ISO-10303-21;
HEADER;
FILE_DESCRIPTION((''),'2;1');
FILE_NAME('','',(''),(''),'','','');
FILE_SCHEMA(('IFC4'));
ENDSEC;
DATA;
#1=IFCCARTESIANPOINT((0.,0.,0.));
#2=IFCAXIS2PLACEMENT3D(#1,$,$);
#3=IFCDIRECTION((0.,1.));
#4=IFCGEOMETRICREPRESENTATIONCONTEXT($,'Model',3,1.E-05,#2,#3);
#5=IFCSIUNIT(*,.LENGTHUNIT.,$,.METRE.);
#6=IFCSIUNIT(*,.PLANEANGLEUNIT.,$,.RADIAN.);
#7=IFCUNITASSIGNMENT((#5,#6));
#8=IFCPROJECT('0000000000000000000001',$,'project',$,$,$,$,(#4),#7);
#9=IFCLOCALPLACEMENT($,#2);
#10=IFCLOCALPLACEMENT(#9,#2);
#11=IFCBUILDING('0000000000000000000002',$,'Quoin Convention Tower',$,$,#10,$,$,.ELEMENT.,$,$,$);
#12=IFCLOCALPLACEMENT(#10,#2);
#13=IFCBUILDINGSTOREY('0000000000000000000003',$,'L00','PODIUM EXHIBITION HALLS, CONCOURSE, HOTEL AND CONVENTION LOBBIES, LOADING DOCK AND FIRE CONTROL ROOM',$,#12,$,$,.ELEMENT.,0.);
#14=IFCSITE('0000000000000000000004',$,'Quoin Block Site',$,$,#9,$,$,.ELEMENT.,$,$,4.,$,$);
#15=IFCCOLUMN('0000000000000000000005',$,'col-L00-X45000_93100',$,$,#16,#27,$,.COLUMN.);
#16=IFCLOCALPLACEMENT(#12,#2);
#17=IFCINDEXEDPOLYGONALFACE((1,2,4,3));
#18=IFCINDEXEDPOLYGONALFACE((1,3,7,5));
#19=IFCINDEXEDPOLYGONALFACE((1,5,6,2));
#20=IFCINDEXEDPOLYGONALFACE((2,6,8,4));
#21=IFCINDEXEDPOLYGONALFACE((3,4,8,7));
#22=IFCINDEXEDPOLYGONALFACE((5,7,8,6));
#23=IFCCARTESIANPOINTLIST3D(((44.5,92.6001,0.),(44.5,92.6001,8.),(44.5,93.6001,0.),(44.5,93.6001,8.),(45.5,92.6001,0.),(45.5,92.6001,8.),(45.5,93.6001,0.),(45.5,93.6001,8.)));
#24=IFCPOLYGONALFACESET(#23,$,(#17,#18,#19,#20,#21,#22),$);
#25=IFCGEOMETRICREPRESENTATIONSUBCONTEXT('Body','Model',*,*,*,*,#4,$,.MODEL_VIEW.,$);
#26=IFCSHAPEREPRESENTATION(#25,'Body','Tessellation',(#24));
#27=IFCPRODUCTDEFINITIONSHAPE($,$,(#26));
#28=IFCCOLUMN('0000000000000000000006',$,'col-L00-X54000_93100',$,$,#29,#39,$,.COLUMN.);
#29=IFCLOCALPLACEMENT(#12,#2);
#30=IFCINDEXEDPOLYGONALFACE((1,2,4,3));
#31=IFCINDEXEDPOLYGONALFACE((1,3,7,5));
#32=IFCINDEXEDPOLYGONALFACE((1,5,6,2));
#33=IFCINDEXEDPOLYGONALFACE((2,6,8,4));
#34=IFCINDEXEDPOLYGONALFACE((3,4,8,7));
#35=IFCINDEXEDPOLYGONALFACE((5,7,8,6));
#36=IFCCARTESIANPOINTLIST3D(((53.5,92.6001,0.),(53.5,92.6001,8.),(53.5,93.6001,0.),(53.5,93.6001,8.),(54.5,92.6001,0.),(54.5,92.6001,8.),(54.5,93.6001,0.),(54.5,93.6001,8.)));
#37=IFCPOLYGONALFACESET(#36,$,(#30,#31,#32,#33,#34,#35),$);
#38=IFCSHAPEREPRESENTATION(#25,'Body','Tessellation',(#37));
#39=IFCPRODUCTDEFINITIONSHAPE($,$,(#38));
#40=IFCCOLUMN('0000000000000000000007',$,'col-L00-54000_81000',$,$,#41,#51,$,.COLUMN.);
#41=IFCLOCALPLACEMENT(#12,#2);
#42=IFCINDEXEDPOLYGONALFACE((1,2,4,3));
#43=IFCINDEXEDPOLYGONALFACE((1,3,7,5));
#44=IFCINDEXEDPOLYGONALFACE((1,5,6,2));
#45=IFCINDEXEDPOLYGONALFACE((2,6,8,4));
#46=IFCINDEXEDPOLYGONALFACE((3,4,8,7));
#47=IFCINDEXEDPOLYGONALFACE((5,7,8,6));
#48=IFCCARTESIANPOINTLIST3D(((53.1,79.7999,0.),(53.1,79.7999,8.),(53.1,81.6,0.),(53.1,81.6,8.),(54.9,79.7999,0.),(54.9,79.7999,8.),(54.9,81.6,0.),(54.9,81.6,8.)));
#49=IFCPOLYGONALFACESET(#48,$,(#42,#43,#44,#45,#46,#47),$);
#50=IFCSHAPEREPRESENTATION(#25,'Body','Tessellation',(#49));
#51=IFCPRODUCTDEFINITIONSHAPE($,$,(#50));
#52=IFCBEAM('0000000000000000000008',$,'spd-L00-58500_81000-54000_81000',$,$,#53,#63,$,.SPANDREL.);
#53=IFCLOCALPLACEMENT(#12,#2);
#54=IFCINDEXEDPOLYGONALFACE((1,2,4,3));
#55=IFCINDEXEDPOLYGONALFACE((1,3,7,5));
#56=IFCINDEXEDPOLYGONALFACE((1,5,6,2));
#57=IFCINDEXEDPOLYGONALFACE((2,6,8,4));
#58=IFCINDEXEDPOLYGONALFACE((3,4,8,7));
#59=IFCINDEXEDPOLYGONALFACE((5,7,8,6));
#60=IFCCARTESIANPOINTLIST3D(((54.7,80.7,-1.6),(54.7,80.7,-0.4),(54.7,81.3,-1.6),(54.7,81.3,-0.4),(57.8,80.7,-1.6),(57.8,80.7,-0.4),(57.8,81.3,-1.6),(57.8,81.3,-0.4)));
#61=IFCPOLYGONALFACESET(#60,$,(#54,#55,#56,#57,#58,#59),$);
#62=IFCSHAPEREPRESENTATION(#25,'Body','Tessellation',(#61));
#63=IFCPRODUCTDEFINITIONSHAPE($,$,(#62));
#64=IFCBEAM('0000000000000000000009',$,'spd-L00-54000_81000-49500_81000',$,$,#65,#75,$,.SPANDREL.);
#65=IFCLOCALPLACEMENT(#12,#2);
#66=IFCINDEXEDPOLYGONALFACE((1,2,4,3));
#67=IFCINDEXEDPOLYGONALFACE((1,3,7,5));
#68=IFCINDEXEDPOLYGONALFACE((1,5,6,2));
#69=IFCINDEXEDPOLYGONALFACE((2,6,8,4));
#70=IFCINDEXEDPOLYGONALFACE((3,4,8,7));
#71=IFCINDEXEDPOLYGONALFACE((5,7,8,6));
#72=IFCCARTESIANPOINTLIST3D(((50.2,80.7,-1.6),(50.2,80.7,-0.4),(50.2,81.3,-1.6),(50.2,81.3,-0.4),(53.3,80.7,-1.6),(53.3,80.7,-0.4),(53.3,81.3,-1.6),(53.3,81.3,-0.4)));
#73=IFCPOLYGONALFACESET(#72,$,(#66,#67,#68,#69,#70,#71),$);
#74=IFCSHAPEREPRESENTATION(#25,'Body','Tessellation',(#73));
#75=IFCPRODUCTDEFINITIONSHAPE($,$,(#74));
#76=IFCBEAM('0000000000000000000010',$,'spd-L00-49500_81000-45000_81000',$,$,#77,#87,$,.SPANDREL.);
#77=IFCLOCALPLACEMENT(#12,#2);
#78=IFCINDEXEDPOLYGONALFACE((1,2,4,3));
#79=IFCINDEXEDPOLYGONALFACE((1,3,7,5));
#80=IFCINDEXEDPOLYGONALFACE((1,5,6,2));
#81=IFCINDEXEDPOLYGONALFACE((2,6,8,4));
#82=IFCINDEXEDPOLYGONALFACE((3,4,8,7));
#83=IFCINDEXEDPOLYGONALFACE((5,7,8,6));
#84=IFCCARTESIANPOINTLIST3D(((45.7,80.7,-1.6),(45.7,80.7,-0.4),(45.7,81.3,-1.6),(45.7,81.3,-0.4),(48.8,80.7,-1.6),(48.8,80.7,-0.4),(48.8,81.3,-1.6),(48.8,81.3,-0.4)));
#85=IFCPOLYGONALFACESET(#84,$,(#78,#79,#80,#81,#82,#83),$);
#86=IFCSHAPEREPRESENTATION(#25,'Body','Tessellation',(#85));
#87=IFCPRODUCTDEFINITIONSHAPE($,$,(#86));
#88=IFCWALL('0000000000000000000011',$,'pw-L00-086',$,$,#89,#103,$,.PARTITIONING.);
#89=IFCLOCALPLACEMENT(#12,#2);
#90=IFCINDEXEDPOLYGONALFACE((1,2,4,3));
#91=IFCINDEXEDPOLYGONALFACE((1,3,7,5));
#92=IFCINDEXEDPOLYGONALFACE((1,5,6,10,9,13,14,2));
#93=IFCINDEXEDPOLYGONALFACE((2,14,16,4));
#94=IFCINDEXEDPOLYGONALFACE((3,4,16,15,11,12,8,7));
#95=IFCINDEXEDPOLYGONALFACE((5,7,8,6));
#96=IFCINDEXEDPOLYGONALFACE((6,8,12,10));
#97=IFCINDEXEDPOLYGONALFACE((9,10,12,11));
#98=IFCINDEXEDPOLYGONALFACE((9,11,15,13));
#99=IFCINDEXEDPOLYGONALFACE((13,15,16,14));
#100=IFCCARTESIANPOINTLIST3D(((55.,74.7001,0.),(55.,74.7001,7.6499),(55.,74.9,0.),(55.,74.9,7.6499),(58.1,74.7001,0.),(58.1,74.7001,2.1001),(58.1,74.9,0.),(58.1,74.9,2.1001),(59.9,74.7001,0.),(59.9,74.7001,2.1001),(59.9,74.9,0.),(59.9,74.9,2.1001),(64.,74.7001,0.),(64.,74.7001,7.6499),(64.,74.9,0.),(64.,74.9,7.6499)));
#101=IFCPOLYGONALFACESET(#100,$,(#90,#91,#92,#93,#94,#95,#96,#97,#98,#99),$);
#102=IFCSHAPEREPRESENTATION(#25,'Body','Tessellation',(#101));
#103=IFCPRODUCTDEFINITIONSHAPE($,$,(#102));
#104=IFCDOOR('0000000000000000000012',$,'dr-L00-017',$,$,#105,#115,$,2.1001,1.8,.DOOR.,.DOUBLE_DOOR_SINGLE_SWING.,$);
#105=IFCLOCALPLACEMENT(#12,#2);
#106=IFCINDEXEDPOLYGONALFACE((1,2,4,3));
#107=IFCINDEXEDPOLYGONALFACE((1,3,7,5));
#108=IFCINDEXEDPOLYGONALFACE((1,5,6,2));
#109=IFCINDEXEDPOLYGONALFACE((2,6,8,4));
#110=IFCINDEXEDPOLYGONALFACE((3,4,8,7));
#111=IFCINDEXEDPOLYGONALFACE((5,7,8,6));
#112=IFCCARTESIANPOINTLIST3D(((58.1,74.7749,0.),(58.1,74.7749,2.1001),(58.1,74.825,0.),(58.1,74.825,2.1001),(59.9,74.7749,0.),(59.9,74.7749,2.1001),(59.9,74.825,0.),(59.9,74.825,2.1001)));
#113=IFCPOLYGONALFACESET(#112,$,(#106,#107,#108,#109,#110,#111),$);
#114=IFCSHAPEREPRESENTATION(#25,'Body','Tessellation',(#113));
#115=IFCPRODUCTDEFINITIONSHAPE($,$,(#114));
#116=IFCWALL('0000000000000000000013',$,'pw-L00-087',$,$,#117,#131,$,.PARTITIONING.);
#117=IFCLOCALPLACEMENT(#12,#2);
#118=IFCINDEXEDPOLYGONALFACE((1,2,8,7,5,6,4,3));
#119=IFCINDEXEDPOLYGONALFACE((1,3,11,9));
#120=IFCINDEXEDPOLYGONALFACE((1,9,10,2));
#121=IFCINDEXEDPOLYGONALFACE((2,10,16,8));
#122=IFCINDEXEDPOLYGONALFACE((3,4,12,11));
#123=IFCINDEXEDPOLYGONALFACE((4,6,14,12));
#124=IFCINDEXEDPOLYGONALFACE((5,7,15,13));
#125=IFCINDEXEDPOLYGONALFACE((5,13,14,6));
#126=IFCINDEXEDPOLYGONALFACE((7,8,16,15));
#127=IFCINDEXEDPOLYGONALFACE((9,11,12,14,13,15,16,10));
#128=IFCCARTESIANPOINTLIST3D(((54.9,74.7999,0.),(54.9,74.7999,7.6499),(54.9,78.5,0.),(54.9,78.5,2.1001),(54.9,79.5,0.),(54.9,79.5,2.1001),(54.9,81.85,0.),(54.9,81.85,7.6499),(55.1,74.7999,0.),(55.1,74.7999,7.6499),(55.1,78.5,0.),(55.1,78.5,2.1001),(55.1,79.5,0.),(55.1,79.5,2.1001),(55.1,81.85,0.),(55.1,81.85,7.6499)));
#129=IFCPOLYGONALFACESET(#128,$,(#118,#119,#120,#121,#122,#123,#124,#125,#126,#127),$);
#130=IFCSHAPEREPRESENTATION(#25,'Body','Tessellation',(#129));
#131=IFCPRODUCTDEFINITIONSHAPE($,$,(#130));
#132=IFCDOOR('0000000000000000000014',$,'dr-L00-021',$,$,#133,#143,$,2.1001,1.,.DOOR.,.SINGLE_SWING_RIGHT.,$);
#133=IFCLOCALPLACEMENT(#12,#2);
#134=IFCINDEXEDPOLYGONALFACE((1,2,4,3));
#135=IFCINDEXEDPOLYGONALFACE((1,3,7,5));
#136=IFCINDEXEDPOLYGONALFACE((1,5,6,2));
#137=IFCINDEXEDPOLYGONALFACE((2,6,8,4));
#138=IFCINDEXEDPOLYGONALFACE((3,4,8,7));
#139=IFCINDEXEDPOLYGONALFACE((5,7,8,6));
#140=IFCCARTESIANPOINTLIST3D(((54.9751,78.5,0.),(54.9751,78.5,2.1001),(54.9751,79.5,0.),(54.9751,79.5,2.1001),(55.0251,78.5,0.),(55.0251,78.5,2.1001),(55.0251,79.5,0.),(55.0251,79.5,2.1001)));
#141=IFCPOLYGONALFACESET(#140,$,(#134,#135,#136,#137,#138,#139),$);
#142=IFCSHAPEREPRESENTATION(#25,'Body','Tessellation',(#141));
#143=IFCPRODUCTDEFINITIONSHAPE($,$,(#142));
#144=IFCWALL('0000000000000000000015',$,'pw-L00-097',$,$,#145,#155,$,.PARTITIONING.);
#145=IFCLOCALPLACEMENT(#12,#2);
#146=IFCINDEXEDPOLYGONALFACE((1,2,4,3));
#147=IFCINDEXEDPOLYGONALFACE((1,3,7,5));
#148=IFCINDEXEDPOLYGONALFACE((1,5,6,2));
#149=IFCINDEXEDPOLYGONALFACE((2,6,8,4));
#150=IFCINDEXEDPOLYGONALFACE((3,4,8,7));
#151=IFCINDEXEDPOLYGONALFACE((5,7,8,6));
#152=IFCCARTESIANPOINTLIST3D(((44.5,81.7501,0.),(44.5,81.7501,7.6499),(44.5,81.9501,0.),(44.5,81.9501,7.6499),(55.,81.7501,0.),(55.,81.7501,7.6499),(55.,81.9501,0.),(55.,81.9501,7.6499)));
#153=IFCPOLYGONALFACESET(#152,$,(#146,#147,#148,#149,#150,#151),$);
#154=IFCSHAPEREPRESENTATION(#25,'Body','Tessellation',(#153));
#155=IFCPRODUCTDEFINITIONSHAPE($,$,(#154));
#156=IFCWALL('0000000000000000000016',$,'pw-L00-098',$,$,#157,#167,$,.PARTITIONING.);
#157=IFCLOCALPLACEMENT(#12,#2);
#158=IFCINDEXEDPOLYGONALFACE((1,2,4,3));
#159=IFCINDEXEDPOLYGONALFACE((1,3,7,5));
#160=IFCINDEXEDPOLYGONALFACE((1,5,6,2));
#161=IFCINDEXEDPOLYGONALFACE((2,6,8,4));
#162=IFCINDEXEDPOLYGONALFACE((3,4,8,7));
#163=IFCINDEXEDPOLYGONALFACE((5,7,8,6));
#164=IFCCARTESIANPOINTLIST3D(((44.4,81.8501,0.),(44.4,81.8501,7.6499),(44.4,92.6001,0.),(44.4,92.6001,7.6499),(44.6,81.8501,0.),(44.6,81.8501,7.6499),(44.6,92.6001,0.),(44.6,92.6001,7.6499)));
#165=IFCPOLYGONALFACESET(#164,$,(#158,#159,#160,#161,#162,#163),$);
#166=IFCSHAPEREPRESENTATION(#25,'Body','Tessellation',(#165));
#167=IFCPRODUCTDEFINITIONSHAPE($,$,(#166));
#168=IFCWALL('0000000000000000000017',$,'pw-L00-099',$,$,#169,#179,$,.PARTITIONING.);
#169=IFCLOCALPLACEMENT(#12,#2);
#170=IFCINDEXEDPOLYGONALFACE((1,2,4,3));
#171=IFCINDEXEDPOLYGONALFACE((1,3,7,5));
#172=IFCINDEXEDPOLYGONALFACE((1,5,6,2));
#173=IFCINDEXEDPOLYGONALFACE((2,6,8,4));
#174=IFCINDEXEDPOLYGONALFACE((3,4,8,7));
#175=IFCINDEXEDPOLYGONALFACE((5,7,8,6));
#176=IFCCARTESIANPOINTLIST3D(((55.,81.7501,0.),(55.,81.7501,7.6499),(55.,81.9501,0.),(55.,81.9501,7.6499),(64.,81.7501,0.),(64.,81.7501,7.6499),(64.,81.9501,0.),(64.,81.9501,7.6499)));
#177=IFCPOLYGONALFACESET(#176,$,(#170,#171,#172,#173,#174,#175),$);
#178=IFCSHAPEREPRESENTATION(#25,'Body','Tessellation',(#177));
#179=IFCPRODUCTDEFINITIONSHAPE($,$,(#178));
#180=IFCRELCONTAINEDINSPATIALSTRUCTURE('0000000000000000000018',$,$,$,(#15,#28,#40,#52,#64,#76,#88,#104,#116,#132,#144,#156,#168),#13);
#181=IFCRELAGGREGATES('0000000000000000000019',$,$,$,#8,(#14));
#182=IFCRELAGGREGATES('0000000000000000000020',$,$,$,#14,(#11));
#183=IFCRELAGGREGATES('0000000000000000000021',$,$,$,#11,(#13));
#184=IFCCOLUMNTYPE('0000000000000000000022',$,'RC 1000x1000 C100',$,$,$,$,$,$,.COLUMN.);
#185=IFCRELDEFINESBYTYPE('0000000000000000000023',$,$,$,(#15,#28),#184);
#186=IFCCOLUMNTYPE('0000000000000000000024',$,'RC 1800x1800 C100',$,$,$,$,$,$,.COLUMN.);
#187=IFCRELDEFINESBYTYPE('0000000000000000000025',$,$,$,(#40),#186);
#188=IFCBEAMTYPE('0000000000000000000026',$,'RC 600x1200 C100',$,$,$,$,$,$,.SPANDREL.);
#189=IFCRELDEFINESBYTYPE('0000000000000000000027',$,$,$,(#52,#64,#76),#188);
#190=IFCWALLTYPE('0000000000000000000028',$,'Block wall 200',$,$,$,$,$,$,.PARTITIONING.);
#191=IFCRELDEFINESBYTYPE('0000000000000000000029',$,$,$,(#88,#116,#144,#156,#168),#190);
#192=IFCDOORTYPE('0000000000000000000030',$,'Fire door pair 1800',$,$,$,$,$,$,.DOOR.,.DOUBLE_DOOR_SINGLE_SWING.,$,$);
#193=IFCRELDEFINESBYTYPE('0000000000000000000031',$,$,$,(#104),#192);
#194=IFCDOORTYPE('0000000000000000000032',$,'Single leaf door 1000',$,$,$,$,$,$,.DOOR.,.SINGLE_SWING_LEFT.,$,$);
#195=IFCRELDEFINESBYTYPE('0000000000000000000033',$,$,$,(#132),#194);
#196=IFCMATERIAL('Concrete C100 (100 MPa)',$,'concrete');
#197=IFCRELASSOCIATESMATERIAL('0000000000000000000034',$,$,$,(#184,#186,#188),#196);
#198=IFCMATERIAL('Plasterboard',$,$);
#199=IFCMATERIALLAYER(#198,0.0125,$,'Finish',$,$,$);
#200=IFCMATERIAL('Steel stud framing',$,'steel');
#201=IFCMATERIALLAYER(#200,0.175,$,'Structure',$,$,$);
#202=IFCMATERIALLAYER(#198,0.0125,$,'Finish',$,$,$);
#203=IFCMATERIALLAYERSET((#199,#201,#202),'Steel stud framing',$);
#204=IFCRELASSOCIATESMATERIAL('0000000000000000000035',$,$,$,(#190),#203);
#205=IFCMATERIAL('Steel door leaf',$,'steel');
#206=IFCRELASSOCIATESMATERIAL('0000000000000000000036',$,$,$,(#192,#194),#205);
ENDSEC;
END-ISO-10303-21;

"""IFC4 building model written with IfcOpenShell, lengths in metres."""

from ifc_helpers import new_model, si_unit, direction, frame, frame_2d, origin, origin_2d, place, context, subcontext, project, spatial, rectangle, extrude, material, layer, layer_set, material_profile, profile_set, type_object, element, fill, save


model = new_model("IFC4")

# Units and contexts
model_context = context("Model", 3, precision=1e-05, world=origin(), true_north=direction((0.0, 1.0)))
body_context = subcontext(model_context, "Body", "Model", "MODEL_VIEW")
ifc_project = project(units=[si_unit("LENGTHUNIT", "METRE"), si_unit("PLANEANGLEUNIT", "RADIAN")], contexts=[model_context])

# Site, building, storey
site_placement = place(None, origin())
site = spatial("IfcSite", under=ifc_project, at=site_placement, Name="Quoin Block Site", CompositionType="ELEMENT", RefElevation=4.0)
building_placement = place(site_placement, origin())
building = spatial("IfcBuilding", under=site, at=building_placement, Name="Quoin Convention Tower", CompositionType="ELEMENT")
storey_placement = place(building_placement, origin())
storey = spatial("IfcBuildingStorey", under=building, at=storey_placement, Name="L00", Description="PODIUM EXHIBITION HALLS, CONCOURSE, HOTEL AND CONVENTION LOBBIES, LOADING DOCK AND FIRE CONTROL ROOM", CompositionType="ELEMENT", Elevation=0.0)

# Columns
ifc_material_1 = material(Name="Concrete C100 (100 MPa)", Category="concrete")
ifc_material_profile_1 = material_profile(ifc_material_1, rectangle(XDim=1.0, YDim=1.0, at=origin_2d()), Name="RC 1000x1000")
ifc_profile_set_1 = profile_set([ifc_material_profile_1], Name="Concrete C100 (100 MPa)")
column_type_1 = type_object("IfcColumnType", Name="RC 1000x1000 C100", PredefinedType="COLUMN", material=ifc_profile_set_1)
for number, where, z_axis, x_axis, name in (
    (1, (45.0, 93.1001, 0.0), (0.0, 0.0, 1.0), (1.0, 0.0, 0.0), "col-L00-X45000_93100"),
    (2, (54.0, 93.1001, 0.0), (0.0, 0.0, 1.0), (1.0, 0.0, 0.0), "col-L00-X54000_93100"),
):
    element("IfcColumn", number, at=place(storey_placement, frame(where, z_axis=z_axis, x_axis=x_axis)), inside=storey, type_object=column_type_1, Name=name, PredefinedType="COLUMN", context=body_context, shape_type="SweptSolid", body=[
        extrude(rectangle(XDim=1.0, YDim=1.0, at=origin_2d()), origin(), (0.0, 0.0, 1.0), 8.0),
    ])
ifc_material_profile_2 = material_profile(ifc_material_1, rectangle(XDim=1.8, YDim=1.8, at=origin_2d()), Name="RC 1800x1800")
ifc_profile_set_2 = profile_set([ifc_material_profile_2], Name="Concrete C100 (100 MPa)")
column_type_2 = type_object("IfcColumnType", Name="RC 1800x1800 C100", PredefinedType="COLUMN", material=ifc_profile_set_2)
column_placement = place(storey_placement, frame((54.0, 80.7, 0.0), z_axis=(0.0, 0.0, 1.0), x_axis=(1.0, 0.0, 0.0)))
element("IfcColumn", 3, at=column_placement, inside=storey, type_object=column_type_2, Name="col-L00-54000_81000", PredefinedType="COLUMN", context=body_context, shape_type="SweptSolid", body=[
    extrude(rectangle(XDim=1.8, YDim=1.8, at=origin_2d()), origin(), (0.0, 0.0, 1.0), 8.0),
])

# Beams
ifc_material_profile_3 = material_profile(ifc_material_1, rectangle(XDim=0.6001, YDim=1.2, at=origin_2d()), Name="RC 600x1200")
ifc_profile_set_3 = profile_set([ifc_material_profile_3], Name="Concrete C100 (100 MPa)")
beam_type = type_object("IfcBeamType", Name="RC 600x1200 C100", PredefinedType="SPANDREL", material=ifc_profile_set_3)
for number, where, z_axis, x_axis, name in (
    (4, (57.8, 81.0, -1.0), (-1.0, 0.0, 0.0), (0.0, -1.0, 0.0), "spd-L00-58500_81000-54000_81000"),
    (5, (53.3, 81.0, -1.0), (-1.0, 0.0, 0.0), (0.0, -1.0, 0.0), "spd-L00-54000_81000-49500_81000"),
    (6, (48.8, 81.0, -1.0), (-1.0, 0.0, 0.0), (0.0, -1.0, 0.0), "spd-L00-49500_81000-45000_81000"),
):
    element("IfcBeam", number, at=place(storey_placement, frame(where, z_axis=z_axis, x_axis=x_axis)), inside=storey, type_object=beam_type, Name=name, PredefinedType="SPANDREL", context=body_context, shape_type="SweptSolid", body=[
        extrude(rectangle(XDim=0.6001, YDim=1.2, at=origin_2d()), origin(), (0.0, 0.0, 1.0), 3.1001),
    ])

# Walls, openings, doors
ifc_material_2 = material(Name="Plasterboard")
ifc_layer_1 = layer(ifc_material_2, 0.0125, Name="Finish")
ifc_material_3 = material(Name="Steel stud framing", Category="steel")
ifc_layer_2 = layer(ifc_material_3, 0.175, Name="Structure")
ifc_layer_3 = layer(ifc_material_2, 0.0125, Name="Finish")
ifc_layer_set = layer_set([ifc_layer_1, ifc_layer_2, ifc_layer_3], Name="Steel stud framing")
wall_type = type_object("IfcWallType", Name="Block wall 200", PredefinedType="PARTITIONING", material=ifc_layer_set)
wall_1_placement = place(storey_placement, frame((55.0, 74.8, 0.0), z_axis=(0.0, 0.0, 1.0), x_axis=(1.0, 0.0, 0.0)))
wall_1 = element("IfcWall", 7, at=wall_1_placement, inside=storey, type_object=wall_type, Name="pw-L00-086", PredefinedType="PARTITIONING", context=body_context, shape_type="SweptSolid", body=[
    extrude(rectangle(XDim=9.0, YDim=0.2, at=frame_2d((4.5, 0.0))), origin(), (0.0, 0.0, 1.0), 7.6499),
])
opening_1_placement = place(wall_1_placement, frame((3.1001, 0.0, 0.0)))
opening_1 = element("IfcOpeningElement", 8, at=opening_1_placement, cuts=wall_1, PredefinedType="OPENING", context=body_context, shape_type="SweptSolid", body=[
    extrude(rectangle(XDim=1.8, YDim=2.1001, at=frame_2d((0.8999, 1.05))), frame((0.0, 0.1099, 0.0), z_axis=(0.0, -1.0, 0.0), x_axis=(1.0, 0.0, 0.0)), (0.0, 0.0, 1.0), 0.22),
])
ifc_material_4 = material(Name="Steel door leaf", Category="steel")
door_type_1 = type_object("IfcDoorType", Name="Fire door pair 1800", OperationType="DOUBLE_DOOR_SINGLE_SWING", PredefinedType="DOOR", material=ifc_material_4)
door_1_placement = place(opening_1_placement, origin())
door_1 = element("IfcDoor", 9, at=door_1_placement, inside=storey, type_object=door_type_1, Name="dr-L00-017", OperationType="DOUBLE_DOOR_SINGLE_SWING", OverallHeight=2.1001, OverallWidth=1.8, PredefinedType="DOOR", context=body_context, shape_type="SweptSolid", body=[
    extrude(rectangle(XDim=1.8, YDim=2.1001, at=frame_2d((0.8999, 1.05))), frame((0.0, 0.0249, 0.0), z_axis=(0.0, -1.0, 0.0), x_axis=(1.0, 0.0, 0.0)), (0.0, 0.0, 1.0), 0.05),
])
fill(opening_1, door_1)
wall_2_placement = place(storey_placement, frame((55.0, 74.8, 0.0), z_axis=(0.0, 0.0, 1.0), x_axis=(0.0, 1.0, 0.0)))
wall_2 = element("IfcWall", 10, at=wall_2_placement, inside=storey, type_object=wall_type, Name="pw-L00-087", PredefinedType="PARTITIONING", context=body_context, shape_type="SweptSolid", body=[
    extrude(rectangle(XDim=7.05, YDim=0.2, at=frame_2d((3.5249, 0.0))), origin(), (0.0, 0.0, 1.0), 7.6499),
])
opening_2_placement = place(wall_2_placement, frame((3.7, 0.0, 0.0)))
opening_2 = element("IfcOpeningElement", 11, at=opening_2_placement, cuts=wall_2, PredefinedType="OPENING", context=body_context, shape_type="SweptSolid", body=[
    extrude(rectangle(XDim=1.0, YDim=2.1001, at=frame_2d((0.5, 1.05))), frame((0.0, 0.1099, 0.0), z_axis=(0.0, -1.0, 0.0), x_axis=(1.0, 0.0, 0.0)), (0.0, 0.0, 1.0), 0.22),
])
door_type_2 = type_object("IfcDoorType", Name="Single leaf door 1000", OperationType="SINGLE_SWING_LEFT", PredefinedType="DOOR", material=ifc_material_4)
door_2_placement = place(opening_2_placement, origin())
door_2 = element("IfcDoor", 12, at=door_2_placement, inside=storey, type_object=door_type_2, Name="dr-L00-021", OperationType="SINGLE_SWING_RIGHT", OverallHeight=2.1001, OverallWidth=1.0, PredefinedType="DOOR", context=body_context, shape_type="SweptSolid", body=[
    extrude(rectangle(XDim=1.0, YDim=2.1001, at=frame_2d((0.5, 1.05))), frame((0.0, 0.0249, 0.0), z_axis=(0.0, -1.0, 0.0), x_axis=(1.0, 0.0, 0.0)), (0.0, 0.0, 1.0), 0.05),
])
fill(opening_2, door_2)

# Walls
wall_3_placement = place(storey_placement, frame((44.5, 81.8501, 0.0), z_axis=(0.0, 0.0, 1.0), x_axis=(1.0, 0.0, 0.0)))
element("IfcWall", 13, at=wall_3_placement, inside=storey, type_object=wall_type, Name="pw-L00-097", PredefinedType="PARTITIONING", context=body_context, shape_type="SweptSolid", body=[
    extrude(rectangle(XDim=10.5, YDim=0.2, at=frame_2d((5.25, 0.0))), origin(), (0.0, 0.0, 1.0), 7.6499),
])
wall_4_placement = place(storey_placement, frame((44.5, 81.8501, 0.0), z_axis=(0.0, 0.0, 1.0), x_axis=(0.0, 1.0, 0.0)))
element("IfcWall", 14, at=wall_4_placement, inside=storey, type_object=wall_type, Name="pw-L00-098", PredefinedType="PARTITIONING", context=body_context, shape_type="SweptSolid", body=[
    extrude(rectangle(XDim=10.75, YDim=0.2, at=frame_2d((5.375, 0.0))), origin(), (0.0, 0.0, 1.0), 7.6499),
])
wall_5_placement = place(storey_placement, frame((55.0, 81.8501, 0.0), z_axis=(0.0, 0.0, 1.0), x_axis=(1.0, 0.0, 0.0)))
element("IfcWall", 15, at=wall_5_placement, inside=storey, type_object=wall_type, Name="pw-L00-099", PredefinedType="PARTITIONING", context=body_context, shape_type="SweptSolid", body=[
    extrude(rectangle(XDim=9.0, YDim=0.2, at=frame_2d((4.5, 0.0))), origin(), (0.0, 0.0, 1.0), 7.6499),
])

save(model, "model.ifc")
